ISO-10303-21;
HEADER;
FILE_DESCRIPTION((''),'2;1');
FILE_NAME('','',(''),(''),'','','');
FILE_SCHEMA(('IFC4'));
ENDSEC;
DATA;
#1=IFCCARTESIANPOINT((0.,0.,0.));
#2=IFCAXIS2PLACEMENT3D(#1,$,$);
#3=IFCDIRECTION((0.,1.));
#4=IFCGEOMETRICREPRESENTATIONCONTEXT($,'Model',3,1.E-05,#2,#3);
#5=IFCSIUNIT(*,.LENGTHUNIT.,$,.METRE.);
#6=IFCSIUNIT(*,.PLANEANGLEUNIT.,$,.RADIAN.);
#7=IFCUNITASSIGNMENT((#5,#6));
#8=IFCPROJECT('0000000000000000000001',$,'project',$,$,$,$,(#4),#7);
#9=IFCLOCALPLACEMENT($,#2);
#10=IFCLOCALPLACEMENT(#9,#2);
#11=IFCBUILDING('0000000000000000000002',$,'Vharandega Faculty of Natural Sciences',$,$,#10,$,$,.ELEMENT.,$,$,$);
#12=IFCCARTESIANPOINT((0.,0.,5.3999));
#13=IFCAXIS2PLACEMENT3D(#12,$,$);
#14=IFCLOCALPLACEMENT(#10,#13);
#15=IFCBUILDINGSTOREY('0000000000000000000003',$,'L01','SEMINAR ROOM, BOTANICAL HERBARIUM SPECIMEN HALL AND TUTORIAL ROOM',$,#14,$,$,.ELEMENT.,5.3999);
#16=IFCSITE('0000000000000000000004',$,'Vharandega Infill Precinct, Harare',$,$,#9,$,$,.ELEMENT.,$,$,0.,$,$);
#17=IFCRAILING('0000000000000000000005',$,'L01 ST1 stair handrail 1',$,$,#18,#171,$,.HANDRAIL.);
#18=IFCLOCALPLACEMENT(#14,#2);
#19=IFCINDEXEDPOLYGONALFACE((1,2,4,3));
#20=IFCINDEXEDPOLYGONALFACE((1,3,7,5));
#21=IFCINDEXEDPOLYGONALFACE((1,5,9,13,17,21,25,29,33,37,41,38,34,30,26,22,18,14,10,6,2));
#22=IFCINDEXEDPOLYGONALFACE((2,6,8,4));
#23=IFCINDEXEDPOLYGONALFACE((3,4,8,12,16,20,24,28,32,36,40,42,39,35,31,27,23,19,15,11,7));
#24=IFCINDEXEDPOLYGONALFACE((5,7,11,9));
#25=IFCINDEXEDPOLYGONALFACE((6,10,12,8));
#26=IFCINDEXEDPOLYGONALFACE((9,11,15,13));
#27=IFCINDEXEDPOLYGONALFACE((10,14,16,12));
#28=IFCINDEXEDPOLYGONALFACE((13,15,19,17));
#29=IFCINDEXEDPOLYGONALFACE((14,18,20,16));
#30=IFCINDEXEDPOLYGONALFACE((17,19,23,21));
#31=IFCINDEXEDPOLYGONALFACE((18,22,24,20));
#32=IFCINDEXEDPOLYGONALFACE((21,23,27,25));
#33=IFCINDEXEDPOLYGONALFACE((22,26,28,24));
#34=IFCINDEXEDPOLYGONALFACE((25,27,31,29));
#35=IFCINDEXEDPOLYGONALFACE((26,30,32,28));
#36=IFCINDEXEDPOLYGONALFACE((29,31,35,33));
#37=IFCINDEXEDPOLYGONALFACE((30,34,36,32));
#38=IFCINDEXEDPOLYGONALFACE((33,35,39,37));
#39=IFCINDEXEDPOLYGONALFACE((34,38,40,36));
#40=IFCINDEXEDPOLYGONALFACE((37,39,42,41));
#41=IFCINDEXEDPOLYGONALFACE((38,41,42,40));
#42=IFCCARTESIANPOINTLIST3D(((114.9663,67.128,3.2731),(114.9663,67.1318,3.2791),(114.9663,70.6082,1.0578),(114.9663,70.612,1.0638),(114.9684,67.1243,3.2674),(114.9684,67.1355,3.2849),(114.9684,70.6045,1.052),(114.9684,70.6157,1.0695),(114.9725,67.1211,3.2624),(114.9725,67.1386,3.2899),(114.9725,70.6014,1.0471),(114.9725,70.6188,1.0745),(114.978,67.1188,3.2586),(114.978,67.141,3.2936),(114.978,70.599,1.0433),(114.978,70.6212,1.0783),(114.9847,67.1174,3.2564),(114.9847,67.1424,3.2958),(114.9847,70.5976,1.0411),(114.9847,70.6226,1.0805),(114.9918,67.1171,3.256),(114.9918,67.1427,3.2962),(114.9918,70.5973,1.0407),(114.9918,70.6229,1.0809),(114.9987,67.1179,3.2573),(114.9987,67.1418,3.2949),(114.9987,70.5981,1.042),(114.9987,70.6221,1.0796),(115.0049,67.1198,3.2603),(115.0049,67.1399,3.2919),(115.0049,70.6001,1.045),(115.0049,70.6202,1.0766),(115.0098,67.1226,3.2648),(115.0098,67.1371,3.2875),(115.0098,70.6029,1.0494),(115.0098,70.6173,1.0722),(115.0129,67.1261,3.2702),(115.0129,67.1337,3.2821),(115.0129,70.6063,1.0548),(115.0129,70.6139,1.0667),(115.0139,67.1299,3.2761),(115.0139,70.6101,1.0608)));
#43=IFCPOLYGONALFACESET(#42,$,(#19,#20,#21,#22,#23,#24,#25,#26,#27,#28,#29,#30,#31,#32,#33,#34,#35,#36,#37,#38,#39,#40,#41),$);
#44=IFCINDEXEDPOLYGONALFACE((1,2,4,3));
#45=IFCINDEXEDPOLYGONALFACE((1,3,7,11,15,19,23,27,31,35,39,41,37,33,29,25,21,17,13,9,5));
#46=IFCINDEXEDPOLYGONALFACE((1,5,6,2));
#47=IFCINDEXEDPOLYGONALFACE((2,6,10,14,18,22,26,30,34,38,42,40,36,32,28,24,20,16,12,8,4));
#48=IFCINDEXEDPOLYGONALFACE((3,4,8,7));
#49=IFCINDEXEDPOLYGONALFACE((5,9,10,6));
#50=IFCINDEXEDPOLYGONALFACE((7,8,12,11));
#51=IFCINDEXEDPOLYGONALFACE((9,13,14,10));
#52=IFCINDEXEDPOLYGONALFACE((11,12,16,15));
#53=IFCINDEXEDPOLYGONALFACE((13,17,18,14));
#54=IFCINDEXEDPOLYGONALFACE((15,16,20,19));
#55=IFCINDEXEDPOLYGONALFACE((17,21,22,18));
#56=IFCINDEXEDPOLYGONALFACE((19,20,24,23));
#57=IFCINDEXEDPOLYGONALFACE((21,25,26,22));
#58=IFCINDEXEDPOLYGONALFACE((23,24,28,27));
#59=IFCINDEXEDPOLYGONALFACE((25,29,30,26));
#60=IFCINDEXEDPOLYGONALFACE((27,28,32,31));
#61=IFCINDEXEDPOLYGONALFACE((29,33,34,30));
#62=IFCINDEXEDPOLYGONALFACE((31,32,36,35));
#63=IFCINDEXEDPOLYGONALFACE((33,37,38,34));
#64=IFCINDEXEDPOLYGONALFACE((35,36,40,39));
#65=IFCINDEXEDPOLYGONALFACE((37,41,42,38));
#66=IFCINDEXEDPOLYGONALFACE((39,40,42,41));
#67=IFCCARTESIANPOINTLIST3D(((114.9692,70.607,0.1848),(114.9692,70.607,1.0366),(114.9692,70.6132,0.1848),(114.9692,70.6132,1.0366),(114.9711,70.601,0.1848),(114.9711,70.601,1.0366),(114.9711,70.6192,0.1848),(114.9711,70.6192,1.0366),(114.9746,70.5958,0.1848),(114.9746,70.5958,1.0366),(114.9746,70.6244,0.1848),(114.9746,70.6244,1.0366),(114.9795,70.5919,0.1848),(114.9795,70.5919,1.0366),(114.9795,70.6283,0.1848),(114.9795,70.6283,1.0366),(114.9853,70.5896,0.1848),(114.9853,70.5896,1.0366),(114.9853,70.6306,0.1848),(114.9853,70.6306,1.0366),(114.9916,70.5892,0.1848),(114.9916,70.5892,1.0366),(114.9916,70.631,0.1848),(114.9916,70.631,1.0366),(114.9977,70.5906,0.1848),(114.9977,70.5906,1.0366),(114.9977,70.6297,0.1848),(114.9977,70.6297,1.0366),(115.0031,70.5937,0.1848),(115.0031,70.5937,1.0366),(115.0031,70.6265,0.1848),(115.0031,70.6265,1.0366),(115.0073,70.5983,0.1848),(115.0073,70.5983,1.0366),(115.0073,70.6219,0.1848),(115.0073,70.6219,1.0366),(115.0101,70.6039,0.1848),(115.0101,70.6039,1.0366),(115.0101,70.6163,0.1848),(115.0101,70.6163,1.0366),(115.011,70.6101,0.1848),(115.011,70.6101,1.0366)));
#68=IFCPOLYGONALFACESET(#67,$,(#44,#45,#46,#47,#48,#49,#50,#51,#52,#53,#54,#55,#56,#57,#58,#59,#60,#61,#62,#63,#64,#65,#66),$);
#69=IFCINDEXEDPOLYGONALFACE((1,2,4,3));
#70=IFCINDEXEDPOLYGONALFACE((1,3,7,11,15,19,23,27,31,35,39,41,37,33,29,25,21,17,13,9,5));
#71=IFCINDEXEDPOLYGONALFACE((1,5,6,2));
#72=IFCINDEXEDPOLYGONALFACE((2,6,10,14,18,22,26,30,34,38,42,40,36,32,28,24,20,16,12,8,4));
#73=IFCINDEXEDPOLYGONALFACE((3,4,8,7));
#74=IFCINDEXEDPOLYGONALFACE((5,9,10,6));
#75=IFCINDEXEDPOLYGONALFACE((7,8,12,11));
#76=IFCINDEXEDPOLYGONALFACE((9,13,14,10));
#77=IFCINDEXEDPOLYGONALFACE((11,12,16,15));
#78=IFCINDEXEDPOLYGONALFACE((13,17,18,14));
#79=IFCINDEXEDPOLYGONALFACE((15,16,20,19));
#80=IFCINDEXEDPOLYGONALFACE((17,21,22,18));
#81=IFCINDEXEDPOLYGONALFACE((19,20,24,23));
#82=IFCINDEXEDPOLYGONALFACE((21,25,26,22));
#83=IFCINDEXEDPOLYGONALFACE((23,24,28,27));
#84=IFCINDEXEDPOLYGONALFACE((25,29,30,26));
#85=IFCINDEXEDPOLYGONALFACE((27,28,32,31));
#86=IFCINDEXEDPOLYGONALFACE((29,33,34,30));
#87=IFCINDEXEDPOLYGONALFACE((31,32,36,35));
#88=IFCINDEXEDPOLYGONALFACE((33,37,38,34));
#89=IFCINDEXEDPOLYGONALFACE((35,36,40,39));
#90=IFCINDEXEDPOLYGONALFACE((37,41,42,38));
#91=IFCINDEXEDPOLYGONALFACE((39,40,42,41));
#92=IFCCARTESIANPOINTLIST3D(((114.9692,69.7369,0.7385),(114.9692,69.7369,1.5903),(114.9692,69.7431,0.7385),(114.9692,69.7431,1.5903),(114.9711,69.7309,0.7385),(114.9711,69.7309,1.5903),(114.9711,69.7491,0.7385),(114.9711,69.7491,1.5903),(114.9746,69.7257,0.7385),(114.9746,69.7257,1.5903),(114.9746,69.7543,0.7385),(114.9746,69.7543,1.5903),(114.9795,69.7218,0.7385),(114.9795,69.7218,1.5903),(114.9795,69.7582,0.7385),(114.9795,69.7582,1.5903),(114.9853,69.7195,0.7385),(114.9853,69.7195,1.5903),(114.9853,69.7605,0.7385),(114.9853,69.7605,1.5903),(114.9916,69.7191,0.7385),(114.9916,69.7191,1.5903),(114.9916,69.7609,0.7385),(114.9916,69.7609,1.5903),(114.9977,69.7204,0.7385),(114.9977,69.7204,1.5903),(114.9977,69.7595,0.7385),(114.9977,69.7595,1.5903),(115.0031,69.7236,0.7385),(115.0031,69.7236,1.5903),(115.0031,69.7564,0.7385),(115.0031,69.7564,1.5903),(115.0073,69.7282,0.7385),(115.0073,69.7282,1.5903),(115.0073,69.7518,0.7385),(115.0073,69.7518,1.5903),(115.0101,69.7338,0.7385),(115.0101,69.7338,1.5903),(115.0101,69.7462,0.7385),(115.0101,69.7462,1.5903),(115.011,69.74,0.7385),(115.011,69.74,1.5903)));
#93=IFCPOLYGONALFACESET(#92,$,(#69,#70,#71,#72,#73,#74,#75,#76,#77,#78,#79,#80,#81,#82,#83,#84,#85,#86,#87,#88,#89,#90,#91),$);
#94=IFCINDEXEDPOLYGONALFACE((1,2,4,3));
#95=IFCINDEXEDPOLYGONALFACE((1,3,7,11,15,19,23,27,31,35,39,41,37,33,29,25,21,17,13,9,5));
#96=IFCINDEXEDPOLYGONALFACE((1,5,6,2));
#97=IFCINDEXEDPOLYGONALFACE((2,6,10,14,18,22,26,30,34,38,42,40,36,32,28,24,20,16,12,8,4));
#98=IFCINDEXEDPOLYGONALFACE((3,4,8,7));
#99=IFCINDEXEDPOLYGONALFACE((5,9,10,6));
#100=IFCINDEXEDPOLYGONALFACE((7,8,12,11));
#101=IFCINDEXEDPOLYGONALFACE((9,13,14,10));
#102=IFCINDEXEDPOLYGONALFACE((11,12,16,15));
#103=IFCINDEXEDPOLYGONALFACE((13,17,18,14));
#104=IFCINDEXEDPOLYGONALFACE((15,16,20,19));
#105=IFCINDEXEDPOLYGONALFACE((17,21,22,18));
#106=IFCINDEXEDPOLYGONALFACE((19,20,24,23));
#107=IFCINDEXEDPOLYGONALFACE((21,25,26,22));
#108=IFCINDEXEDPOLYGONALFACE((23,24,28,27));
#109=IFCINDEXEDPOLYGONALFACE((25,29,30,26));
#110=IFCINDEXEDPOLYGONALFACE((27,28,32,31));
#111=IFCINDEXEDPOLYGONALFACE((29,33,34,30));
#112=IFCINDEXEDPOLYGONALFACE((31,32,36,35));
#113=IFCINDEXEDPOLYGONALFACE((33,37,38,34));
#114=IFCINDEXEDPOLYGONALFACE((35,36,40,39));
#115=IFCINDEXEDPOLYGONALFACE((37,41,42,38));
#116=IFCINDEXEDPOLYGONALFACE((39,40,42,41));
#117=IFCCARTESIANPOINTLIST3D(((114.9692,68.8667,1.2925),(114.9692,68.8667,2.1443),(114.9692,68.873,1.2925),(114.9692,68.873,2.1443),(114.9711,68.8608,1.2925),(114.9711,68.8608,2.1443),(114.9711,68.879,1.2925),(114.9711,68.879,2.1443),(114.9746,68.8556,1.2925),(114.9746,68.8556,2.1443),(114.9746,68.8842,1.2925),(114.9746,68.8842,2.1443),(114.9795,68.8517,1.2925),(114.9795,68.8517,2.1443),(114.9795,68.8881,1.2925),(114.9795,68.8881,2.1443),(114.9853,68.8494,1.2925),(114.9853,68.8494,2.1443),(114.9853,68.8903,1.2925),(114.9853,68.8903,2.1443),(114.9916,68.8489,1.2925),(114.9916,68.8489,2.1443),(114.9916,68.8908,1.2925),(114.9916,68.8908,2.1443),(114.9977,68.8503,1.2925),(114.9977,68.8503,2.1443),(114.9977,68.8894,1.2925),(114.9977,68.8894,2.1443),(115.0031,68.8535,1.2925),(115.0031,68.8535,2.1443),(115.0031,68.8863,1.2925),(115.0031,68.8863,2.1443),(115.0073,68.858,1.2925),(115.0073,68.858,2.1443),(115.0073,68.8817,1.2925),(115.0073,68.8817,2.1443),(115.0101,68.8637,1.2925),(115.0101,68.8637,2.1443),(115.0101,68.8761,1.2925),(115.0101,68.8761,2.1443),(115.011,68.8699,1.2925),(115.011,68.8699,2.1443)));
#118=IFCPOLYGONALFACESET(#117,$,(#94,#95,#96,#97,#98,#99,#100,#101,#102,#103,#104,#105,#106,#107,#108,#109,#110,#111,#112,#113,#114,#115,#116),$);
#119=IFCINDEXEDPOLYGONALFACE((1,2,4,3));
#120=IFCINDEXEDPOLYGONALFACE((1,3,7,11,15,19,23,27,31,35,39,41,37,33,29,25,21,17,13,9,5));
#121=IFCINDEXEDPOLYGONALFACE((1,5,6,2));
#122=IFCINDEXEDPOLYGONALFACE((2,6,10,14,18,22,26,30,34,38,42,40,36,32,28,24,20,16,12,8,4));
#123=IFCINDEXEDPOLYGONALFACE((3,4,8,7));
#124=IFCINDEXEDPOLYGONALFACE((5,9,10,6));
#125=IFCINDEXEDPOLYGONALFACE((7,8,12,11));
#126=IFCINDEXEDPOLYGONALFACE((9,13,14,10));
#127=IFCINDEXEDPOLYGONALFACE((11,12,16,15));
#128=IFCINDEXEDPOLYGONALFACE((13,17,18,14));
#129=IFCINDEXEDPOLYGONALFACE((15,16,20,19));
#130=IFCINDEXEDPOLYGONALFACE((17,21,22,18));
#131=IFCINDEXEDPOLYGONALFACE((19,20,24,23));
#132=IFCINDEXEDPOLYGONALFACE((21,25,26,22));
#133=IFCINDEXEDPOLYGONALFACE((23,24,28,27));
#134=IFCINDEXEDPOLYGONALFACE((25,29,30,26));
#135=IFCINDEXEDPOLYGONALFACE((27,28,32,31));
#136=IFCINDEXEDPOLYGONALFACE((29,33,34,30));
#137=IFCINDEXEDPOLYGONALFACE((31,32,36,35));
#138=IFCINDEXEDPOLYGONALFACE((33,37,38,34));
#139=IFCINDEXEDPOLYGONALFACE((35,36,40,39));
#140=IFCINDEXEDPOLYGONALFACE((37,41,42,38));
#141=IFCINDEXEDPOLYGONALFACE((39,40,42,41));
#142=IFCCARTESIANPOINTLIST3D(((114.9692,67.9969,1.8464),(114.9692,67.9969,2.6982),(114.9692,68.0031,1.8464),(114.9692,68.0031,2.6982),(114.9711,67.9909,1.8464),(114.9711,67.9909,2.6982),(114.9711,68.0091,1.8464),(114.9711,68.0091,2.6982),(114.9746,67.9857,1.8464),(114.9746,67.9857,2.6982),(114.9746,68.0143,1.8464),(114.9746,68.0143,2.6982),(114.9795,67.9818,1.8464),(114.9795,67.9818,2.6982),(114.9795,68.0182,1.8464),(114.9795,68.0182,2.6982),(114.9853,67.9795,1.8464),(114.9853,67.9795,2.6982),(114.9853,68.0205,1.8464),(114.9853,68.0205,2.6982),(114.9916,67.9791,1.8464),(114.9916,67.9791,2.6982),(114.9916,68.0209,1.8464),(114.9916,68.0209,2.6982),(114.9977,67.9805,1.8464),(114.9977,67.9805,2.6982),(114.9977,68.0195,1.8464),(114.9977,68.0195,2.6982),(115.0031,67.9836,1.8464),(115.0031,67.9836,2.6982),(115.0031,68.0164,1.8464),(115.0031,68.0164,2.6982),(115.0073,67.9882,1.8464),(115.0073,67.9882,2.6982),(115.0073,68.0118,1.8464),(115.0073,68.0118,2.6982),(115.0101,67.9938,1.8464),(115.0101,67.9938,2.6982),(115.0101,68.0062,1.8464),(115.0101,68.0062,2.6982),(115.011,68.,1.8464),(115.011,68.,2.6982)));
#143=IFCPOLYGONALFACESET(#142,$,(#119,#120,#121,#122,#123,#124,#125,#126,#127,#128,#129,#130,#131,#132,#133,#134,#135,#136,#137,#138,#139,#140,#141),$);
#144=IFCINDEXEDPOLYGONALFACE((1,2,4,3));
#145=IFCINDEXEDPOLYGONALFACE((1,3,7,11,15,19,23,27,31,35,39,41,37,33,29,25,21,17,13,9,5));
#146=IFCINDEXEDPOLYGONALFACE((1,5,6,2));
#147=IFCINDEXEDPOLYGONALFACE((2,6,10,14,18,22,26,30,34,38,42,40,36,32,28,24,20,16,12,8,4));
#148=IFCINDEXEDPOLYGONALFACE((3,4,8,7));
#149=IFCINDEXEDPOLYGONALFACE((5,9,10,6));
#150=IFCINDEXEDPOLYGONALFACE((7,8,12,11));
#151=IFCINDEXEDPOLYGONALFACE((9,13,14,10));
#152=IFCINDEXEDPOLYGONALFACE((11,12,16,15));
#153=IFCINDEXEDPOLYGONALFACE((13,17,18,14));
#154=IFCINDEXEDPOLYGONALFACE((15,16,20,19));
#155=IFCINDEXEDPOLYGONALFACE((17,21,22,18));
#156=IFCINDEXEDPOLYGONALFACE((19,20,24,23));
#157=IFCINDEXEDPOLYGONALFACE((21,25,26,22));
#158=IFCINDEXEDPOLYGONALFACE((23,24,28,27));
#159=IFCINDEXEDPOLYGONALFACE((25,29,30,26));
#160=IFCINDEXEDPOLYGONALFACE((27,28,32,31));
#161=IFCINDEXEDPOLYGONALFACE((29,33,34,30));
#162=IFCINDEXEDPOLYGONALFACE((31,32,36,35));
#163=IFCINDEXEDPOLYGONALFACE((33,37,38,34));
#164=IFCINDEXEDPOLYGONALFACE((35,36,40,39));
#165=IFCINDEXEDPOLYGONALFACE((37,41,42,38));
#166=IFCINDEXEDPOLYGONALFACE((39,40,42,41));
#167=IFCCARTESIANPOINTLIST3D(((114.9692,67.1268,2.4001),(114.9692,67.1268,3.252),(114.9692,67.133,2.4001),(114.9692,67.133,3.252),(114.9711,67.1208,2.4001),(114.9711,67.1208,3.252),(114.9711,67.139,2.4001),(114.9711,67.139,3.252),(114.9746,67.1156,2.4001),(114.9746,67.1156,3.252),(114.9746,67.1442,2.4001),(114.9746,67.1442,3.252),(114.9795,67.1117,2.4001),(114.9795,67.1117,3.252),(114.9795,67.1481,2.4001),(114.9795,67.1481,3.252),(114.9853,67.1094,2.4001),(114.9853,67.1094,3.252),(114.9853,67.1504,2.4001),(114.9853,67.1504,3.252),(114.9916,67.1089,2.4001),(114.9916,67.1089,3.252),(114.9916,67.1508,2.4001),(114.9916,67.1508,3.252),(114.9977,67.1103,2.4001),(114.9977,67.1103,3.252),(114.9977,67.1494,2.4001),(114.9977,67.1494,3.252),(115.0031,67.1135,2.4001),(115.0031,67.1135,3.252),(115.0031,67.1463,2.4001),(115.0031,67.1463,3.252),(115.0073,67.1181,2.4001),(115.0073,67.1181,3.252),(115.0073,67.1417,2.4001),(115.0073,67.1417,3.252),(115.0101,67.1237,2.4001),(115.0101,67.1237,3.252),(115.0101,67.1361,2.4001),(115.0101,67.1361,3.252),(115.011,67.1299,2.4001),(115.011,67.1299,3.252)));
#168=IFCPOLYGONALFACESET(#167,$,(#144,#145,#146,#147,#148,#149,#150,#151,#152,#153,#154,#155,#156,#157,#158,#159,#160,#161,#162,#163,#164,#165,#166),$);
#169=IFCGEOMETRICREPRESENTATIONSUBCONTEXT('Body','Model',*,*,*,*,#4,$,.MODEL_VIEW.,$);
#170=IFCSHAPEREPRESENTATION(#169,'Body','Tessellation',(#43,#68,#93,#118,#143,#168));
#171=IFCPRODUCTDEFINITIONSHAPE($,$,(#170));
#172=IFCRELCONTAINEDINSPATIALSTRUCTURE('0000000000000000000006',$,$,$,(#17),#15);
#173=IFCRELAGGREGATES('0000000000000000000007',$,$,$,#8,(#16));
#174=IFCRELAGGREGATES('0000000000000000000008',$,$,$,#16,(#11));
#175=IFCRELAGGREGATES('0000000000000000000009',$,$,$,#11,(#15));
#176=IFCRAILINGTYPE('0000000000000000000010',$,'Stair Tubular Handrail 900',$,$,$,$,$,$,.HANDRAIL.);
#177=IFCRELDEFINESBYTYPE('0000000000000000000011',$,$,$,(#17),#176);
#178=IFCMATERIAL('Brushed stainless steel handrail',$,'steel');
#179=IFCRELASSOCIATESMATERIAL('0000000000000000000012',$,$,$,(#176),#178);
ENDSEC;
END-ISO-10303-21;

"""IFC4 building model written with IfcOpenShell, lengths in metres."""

from ifc_helpers import new_model, si_unit, direction, frame, origin, origin_2d, place, context, subcontext, project, spatial, circle, extrude, material, type_object, element, save


model = new_model("IFC4")

# Units and contexts
model_context = context("Model", 3, precision=1e-05, world=origin(), true_north=direction((0.0, 1.0)))
body_context = subcontext(model_context, "Body", "Model", "MODEL_VIEW")
ifc_project = project(units=[si_unit("LENGTHUNIT", "METRE"), si_unit("PLANEANGLEUNIT", "RADIAN")], contexts=[model_context])

# Site, building, storey
site_placement = place(None, origin())
site = spatial("IfcSite", under=ifc_project, at=site_placement, Name="Vharandega Infill Precinct, Harare", CompositionType="ELEMENT", RefElevation=0.0)
building_placement = place(site_placement, origin())
building = spatial("IfcBuilding", under=site, at=building_placement, Name="Vharandega Faculty of Natural Sciences", CompositionType="ELEMENT")
storey_placement = place(building_placement, frame((0.0, 0.0, 5.3999)))
storey = spatial("IfcBuildingStorey", under=building, at=storey_placement, Name="L01", Description="SEMINAR ROOM, BOTANICAL HERBARIUM SPECIMEN HALL AND TUTORIAL ROOM", CompositionType="ELEMENT", Elevation=5.3999)

# Railing
ifc_material_1 = material(Name="Brushed stainless steel handrail", Category="steel")
railing_type_1 = type_object("IfcRailingType", Name="Stair Tubular Handrail 900", PredefinedType="HANDRAIL", material=ifc_material_1)
railing_1_placement = place(storey_placement, frame((114.99, 70.6101, 0.1848)))
element("IfcRailing", 1, at=railing_1_placement, inside=storey, type_object=railing_type_1, Name="L01 ST1 stair handrail 1", PredefinedType="HANDRAIL", context=body_context, shape_type="SweptSolid", body=[
    extrude(circle(Radius=0.0239, at=origin_2d()), frame((0.0, 0.0, 0.876), z_axis=(0.0, -0.843591, 0.536987), x_axis=(1.0, 0.0, 0.0)), (0.0, 0.0, 1.0), 4.1255),
    extrude(circle(Radius=0.021, at=origin_2d()), origin(), (0.0, 0.0, 1.0), 0.8518),
    extrude(circle(Radius=0.021, at=origin_2d()), frame((0.0, -0.8701, 0.5537)), (0.0, 0.0, 1.0), 0.8518),
    extrude(circle(Radius=0.021, at=origin_2d()), frame((0.0, -1.7402, 1.1077)), (0.0, 0.0, 1.0), 0.8518),
    extrude(circle(Radius=0.021, at=origin_2d()), frame((0.0, -2.6101, 1.6616)), (0.0, 0.0, 1.0), 0.8518),
    extrude(circle(Radius=0.021, at=origin_2d()), frame((0.0, -3.4802, 2.2153)), (0.0, 0.0, 1.0), 0.8518),
])

save(model, "model.ifc")
